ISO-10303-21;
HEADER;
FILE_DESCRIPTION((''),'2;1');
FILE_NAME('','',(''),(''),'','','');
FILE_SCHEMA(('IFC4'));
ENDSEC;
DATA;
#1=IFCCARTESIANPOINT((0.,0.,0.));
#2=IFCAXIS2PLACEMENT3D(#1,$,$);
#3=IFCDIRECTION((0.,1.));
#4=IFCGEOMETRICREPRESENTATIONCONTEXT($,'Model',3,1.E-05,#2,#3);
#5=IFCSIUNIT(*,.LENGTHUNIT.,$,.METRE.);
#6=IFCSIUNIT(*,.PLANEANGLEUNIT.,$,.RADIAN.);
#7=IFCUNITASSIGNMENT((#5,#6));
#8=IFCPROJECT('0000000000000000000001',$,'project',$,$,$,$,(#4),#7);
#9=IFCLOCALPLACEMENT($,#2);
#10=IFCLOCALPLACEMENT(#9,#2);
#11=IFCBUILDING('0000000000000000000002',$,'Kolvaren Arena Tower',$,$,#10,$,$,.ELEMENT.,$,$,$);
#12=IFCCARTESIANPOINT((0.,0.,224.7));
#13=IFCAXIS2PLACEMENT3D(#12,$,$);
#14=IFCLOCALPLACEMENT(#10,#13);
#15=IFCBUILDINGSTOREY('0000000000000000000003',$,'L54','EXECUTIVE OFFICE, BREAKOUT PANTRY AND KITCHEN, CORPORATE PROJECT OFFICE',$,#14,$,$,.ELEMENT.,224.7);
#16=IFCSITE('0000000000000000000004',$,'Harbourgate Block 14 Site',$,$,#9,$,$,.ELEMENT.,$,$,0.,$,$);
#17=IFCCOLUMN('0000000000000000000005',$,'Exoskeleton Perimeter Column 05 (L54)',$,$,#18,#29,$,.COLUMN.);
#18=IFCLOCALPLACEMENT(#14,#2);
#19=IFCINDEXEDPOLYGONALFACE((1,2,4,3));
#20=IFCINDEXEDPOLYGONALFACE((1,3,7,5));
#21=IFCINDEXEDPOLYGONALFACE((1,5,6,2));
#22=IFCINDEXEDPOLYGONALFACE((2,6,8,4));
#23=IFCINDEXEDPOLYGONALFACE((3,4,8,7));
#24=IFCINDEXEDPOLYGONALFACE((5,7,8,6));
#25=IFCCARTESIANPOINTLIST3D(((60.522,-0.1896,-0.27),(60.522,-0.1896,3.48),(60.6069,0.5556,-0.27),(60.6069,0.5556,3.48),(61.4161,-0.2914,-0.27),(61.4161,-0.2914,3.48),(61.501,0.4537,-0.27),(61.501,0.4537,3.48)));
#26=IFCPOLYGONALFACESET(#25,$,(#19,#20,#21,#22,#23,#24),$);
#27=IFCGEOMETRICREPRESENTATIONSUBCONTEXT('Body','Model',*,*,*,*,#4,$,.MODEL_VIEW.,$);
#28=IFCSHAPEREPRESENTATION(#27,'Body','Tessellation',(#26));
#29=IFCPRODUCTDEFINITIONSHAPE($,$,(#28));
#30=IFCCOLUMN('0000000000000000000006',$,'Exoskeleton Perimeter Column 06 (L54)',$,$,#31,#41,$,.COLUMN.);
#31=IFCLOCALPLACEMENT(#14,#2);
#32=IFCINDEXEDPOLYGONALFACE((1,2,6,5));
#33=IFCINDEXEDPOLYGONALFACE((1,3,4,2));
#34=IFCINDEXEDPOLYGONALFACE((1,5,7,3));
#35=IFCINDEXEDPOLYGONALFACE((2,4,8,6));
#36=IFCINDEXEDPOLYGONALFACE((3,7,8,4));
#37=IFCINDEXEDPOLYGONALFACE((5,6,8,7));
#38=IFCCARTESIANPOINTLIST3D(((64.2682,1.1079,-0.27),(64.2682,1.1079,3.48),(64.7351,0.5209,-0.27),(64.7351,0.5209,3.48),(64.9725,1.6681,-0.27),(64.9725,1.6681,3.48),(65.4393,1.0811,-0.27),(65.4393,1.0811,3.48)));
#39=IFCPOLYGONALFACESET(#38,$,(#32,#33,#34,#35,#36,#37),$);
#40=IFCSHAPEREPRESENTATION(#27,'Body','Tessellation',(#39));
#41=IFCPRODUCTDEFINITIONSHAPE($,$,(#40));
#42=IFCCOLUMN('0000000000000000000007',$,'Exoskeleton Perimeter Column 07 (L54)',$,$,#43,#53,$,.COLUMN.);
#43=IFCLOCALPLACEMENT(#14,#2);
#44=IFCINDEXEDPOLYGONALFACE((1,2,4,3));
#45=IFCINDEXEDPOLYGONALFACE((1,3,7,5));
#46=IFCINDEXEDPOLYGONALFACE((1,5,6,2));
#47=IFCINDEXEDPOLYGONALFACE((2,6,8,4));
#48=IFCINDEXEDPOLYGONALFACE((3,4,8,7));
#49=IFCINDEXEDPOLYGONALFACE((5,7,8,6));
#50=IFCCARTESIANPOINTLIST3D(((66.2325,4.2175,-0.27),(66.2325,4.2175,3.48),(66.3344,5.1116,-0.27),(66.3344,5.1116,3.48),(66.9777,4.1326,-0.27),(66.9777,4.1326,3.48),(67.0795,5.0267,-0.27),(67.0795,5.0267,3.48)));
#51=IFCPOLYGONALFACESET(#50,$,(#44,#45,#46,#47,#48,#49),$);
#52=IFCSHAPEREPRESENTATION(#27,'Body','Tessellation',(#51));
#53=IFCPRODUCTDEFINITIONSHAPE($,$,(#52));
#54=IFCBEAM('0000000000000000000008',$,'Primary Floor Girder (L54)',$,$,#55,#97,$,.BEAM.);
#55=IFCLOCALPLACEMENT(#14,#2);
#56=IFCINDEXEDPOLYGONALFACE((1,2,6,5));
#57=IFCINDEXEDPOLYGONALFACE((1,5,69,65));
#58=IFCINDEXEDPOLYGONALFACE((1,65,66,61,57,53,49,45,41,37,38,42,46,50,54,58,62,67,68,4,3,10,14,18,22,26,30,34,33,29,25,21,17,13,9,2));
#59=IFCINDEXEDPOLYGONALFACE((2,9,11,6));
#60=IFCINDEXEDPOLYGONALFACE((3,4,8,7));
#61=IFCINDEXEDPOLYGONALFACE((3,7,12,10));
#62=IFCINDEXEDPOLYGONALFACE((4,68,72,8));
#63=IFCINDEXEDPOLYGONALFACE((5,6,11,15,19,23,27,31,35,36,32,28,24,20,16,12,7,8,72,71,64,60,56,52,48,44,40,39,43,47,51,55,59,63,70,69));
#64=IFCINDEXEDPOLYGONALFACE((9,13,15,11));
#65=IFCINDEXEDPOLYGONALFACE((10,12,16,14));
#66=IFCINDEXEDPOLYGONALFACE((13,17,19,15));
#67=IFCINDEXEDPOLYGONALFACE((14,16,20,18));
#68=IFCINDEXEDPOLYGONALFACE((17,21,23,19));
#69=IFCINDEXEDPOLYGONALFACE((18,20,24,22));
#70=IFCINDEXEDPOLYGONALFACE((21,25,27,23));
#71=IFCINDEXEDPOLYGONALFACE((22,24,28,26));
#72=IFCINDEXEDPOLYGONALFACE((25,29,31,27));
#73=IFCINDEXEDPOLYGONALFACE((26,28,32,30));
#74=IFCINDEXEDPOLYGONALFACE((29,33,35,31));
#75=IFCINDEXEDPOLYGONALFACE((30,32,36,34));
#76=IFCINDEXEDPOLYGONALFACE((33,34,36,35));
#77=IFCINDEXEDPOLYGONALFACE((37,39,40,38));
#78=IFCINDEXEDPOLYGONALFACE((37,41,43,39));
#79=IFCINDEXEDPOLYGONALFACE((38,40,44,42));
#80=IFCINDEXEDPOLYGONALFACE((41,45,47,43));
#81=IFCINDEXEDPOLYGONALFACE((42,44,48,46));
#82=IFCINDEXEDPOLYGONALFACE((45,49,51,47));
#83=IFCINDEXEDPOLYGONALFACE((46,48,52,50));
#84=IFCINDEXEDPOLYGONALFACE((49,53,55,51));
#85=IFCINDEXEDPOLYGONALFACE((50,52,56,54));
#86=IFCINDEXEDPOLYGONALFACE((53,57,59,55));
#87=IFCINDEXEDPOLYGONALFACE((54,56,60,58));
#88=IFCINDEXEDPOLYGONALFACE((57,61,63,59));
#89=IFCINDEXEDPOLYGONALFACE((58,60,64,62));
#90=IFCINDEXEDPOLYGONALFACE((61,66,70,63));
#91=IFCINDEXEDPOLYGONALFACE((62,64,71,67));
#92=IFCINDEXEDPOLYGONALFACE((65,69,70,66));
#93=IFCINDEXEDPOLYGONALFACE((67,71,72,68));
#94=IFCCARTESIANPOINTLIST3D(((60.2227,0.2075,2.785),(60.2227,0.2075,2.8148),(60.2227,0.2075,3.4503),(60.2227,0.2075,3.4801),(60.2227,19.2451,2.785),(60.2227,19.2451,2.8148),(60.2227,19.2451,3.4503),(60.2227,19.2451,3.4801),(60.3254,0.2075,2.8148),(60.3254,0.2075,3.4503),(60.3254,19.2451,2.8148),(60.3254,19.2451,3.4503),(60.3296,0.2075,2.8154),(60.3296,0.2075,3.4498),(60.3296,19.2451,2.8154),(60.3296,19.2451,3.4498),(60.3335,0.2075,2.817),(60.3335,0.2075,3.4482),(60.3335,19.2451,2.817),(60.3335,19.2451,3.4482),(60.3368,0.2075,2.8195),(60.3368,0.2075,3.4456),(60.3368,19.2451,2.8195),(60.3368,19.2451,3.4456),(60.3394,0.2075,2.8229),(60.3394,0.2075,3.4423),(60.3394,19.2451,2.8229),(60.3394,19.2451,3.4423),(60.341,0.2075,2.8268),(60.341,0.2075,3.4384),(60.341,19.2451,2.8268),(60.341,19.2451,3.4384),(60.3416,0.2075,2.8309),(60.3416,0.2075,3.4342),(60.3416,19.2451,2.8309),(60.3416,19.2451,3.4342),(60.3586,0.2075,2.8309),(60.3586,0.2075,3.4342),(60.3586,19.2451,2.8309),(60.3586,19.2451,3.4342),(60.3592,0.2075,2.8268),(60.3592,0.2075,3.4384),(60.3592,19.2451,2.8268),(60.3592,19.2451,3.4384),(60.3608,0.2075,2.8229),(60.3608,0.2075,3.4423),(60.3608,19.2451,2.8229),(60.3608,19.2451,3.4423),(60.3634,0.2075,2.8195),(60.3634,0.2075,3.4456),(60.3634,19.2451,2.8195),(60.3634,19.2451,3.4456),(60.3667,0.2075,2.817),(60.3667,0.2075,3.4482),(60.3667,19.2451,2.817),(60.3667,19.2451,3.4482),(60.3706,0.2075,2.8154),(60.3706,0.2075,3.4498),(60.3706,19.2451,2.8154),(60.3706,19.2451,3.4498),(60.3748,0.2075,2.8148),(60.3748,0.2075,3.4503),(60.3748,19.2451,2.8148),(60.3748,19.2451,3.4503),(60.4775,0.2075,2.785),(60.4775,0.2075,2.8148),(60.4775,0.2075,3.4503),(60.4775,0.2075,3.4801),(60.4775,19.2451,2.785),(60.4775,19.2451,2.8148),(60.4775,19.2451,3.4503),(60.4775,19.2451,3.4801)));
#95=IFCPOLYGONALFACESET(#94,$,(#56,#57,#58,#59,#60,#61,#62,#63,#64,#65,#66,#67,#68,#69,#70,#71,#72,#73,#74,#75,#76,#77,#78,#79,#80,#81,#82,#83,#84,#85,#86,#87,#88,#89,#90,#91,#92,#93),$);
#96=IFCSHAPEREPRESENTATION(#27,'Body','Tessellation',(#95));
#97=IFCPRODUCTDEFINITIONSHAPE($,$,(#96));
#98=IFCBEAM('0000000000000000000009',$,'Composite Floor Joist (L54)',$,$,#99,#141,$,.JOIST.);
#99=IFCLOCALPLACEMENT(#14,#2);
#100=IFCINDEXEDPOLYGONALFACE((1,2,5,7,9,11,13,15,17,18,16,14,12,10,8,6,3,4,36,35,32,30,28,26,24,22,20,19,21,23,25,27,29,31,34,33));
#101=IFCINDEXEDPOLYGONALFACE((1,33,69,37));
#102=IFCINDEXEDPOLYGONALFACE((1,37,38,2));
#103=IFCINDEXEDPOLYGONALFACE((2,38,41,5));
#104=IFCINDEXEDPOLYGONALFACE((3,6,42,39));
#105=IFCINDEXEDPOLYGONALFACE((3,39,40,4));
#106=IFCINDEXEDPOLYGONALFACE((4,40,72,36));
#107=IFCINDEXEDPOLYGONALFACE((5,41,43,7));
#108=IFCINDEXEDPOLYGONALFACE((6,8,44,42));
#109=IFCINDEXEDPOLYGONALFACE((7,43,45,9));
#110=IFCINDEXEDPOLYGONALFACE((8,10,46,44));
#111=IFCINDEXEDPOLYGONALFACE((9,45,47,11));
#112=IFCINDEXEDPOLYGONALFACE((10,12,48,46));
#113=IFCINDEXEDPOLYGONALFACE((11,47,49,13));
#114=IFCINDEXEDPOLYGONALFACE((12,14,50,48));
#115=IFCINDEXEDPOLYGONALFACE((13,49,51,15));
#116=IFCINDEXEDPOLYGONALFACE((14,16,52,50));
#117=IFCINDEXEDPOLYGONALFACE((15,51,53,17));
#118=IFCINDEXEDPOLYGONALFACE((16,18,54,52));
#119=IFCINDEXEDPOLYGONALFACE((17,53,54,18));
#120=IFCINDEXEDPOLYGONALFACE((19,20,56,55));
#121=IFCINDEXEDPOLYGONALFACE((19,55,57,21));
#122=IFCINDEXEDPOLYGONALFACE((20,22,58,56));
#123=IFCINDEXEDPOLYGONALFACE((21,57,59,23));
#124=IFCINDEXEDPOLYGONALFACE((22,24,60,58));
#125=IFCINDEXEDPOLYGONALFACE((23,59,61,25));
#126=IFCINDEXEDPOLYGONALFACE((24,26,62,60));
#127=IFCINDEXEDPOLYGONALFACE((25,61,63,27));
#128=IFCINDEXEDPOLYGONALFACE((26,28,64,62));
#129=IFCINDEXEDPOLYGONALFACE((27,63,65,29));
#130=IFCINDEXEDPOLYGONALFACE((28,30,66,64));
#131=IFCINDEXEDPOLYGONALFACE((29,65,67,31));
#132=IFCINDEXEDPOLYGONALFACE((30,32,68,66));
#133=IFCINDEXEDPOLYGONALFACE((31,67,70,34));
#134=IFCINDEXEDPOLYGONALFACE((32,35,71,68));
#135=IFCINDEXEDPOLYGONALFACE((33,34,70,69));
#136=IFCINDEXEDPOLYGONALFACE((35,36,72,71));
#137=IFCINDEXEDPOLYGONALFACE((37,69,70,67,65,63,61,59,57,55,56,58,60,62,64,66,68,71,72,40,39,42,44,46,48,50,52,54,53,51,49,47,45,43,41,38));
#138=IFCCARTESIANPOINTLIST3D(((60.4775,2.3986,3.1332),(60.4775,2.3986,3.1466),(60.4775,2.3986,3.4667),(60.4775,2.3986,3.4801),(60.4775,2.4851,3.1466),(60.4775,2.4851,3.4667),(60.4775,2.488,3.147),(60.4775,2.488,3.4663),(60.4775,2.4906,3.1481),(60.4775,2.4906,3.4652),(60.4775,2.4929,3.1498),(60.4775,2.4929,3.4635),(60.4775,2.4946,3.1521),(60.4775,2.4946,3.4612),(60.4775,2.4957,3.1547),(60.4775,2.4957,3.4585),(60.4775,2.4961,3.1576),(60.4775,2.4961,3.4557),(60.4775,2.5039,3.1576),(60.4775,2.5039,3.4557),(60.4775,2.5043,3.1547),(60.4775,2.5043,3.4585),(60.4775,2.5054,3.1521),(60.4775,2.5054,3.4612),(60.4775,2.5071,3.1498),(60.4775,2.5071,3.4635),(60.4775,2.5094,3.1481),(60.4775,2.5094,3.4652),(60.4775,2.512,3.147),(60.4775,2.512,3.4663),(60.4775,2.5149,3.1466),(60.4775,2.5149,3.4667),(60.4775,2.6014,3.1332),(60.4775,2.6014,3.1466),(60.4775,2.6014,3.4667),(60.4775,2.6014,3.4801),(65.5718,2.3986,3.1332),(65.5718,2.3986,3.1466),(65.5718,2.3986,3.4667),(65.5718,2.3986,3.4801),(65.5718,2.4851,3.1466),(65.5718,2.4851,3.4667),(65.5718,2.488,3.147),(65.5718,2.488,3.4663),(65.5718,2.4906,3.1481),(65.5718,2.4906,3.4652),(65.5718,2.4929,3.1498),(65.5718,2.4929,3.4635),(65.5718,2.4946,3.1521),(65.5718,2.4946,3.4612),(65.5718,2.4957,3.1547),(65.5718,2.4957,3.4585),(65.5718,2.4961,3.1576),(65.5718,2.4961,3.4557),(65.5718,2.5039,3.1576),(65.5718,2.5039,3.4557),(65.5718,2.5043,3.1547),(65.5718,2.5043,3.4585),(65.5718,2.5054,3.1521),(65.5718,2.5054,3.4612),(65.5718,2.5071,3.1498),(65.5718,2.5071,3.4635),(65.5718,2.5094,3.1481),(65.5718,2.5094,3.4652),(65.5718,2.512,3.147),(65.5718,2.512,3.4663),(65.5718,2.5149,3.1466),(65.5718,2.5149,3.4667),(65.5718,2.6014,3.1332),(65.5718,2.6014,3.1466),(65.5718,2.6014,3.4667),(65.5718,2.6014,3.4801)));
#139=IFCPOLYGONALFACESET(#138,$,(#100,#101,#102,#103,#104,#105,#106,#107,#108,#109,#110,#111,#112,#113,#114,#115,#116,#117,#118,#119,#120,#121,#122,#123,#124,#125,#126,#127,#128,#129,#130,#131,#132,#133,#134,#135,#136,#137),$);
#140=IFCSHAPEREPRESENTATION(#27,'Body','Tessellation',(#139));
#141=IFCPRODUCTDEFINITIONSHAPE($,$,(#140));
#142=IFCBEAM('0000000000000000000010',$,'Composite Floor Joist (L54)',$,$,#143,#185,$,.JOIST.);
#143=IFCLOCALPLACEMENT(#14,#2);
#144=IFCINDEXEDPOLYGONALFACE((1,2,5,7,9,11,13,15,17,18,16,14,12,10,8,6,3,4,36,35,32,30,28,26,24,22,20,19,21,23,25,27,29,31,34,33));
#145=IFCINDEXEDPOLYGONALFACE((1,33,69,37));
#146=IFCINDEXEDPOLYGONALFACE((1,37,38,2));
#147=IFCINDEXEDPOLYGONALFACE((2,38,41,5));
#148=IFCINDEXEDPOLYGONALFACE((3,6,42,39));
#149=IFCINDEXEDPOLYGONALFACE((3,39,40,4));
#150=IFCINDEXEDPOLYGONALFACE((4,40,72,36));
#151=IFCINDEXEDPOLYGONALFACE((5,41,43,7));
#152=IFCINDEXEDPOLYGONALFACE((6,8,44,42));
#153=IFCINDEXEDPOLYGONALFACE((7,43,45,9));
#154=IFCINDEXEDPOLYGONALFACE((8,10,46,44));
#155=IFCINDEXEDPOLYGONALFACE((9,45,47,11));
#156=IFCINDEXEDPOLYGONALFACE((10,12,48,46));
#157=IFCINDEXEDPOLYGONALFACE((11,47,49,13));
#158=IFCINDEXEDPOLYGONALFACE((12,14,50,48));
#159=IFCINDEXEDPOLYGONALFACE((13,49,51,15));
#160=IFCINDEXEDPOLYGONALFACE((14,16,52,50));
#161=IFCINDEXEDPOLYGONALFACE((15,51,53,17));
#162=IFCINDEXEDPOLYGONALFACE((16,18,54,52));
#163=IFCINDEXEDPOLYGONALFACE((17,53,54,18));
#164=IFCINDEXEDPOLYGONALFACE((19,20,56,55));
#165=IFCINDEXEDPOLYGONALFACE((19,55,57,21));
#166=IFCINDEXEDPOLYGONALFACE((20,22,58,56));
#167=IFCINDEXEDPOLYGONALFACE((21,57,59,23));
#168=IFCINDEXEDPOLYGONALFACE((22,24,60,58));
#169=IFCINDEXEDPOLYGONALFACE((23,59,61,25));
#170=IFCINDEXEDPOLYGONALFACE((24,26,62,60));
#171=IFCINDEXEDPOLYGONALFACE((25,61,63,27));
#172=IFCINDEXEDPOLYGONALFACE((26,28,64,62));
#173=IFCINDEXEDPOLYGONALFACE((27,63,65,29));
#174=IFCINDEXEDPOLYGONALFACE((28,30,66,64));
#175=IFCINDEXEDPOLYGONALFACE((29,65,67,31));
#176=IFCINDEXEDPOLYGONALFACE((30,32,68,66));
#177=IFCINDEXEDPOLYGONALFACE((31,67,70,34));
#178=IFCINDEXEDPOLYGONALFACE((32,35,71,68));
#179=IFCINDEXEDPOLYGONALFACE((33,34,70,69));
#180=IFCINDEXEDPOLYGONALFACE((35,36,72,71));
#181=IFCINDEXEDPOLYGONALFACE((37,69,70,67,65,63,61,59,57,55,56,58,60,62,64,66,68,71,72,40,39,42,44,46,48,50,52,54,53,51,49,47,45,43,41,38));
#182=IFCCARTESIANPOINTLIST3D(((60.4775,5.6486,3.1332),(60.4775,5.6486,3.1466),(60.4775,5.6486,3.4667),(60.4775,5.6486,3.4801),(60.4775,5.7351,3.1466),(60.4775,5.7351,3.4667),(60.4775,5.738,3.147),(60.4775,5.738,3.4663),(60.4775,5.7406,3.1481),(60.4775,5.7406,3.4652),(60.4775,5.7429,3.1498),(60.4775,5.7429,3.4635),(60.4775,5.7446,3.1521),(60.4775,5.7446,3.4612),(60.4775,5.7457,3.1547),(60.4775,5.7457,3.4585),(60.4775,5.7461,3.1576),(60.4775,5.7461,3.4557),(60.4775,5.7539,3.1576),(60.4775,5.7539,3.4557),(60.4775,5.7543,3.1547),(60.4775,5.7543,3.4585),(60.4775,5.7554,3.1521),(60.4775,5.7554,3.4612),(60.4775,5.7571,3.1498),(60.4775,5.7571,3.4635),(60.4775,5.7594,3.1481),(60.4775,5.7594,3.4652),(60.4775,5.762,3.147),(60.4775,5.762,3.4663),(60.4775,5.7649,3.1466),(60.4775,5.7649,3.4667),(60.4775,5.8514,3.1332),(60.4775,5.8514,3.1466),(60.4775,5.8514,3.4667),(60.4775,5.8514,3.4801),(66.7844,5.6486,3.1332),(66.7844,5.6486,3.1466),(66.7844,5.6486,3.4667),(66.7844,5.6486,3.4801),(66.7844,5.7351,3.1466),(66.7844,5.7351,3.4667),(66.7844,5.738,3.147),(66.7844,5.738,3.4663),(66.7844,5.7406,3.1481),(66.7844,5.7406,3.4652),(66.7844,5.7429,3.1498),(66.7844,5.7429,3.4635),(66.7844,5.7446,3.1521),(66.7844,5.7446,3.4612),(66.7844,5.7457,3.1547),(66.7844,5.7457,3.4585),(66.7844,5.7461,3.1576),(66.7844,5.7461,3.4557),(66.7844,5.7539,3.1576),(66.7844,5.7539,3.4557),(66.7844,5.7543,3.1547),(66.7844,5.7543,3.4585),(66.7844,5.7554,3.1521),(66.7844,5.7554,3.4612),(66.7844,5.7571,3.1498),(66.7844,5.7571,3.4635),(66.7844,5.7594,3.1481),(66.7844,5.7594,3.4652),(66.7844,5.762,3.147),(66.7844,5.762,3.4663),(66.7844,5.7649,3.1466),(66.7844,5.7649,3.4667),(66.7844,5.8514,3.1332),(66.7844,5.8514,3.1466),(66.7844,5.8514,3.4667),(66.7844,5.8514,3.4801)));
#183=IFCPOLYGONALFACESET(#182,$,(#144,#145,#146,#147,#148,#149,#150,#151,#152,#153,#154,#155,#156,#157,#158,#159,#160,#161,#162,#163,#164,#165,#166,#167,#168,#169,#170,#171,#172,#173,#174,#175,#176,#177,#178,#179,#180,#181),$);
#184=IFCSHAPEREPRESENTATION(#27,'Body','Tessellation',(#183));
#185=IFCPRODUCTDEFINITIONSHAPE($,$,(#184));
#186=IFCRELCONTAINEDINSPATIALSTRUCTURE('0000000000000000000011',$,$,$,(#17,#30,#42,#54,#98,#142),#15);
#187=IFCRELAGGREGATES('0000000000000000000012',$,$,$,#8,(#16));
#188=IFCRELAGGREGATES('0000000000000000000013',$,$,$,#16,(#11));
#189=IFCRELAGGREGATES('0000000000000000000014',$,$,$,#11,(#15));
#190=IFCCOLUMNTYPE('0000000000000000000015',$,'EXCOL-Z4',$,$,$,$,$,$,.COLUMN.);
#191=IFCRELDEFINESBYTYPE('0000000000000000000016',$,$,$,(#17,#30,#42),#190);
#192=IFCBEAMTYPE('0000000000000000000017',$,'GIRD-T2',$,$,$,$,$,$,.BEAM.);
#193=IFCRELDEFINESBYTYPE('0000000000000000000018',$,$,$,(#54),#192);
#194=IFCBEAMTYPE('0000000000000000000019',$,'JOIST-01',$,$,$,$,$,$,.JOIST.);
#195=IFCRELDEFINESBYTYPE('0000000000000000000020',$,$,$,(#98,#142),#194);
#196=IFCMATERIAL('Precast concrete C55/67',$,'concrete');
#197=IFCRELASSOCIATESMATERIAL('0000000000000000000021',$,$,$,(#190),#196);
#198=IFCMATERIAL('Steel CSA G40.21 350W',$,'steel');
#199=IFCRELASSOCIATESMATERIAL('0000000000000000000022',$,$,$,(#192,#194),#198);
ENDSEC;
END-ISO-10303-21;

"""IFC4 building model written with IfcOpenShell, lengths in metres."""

from ifc_helpers import new_model, si_unit, direction, frame, origin, origin_2d, place, context, subcontext, project, spatial, rectangle, i_section, extrude, material, material_profile, profile_set, type_object, element, save


model = new_model("IFC4")

# Units and contexts
model_context = context("Model", 3, precision=1e-05, world=origin(), true_north=direction((0.0, 1.0)))
body_context = subcontext(model_context, "Body", "Model", "MODEL_VIEW")
ifc_project = project(units=[si_unit("LENGTHUNIT", "METRE"), si_unit("PLANEANGLEUNIT", "RADIAN")], contexts=[model_context])

# Site, building, storey
site_placement = place(None, origin())
site = spatial("IfcSite", under=ifc_project, at=site_placement, Name="Harbourgate Block 14 Site", CompositionType="ELEMENT", RefElevation=0.0)
building_placement = place(site_placement, origin())
building = spatial("IfcBuilding", under=site, at=building_placement, Name="Kolvaren Arena Tower", CompositionType="ELEMENT")
storey_placement = place(building_placement, frame((0.0, 0.0, 224.7)))
storey = spatial("IfcBuildingStorey", under=building, at=storey_placement, Name="L54", Description="EXECUTIVE OFFICE, BREAKOUT PANTRY AND KITCHEN, CORPORATE PROJECT OFFICE", CompositionType="ELEMENT", Elevation=224.7)

# Columns
ifc_material_1 = material(Name="Precast concrete C55/67", Category="concrete")
ifc_material_profile_1 = material_profile(ifc_material_1, rectangle(XDim=0.8999, YDim=0.75, at=origin_2d()), Name="RC-900x750")
ifc_profile_set_1 = profile_set([ifc_material_profile_1], Name="Precast concrete C55/67")
column_type = type_object("IfcColumnType", Name="EXCOL-Z4", PredefinedType="COLUMN", material=ifc_profile_set_1)
for number, where, z_axis, x_axis, name in (
    (1, (61.0115, 0.1321, -0.27), (0.0, 0.0, 1.0), (0.993572, -0.113203, 0.0), "Exoskeleton Perimeter Column 05 (L54)"),
    (2, (64.8538, 1.0945, -0.27), (0.0, 0.0, 1.0), (0.782608, 0.622515, 0.0), "Exoskeleton Perimeter Column 06 (L54)"),
    (3, (66.656, 4.6221, -0.27), (0.0, 0.0, 1.0), (0.113203, 0.993572, 0.0), "Exoskeleton Perimeter Column 07 (L54)"),
):
    element("IfcColumn", number, at=place(storey_placement, frame(where, z_axis=z_axis, x_axis=x_axis)), inside=storey, type_object=column_type, Name=name, PredefinedType="COLUMN", context=body_context, shape_type="SweptSolid", body=[
        extrude(rectangle(XDim=0.8999, YDim=0.75, at=origin_2d()), origin(), (0.0, 0.0, 1.0), 3.75),
    ])

# Beams
ifc_material_2 = material(Name="Steel CSA G40.21 350W", Category="steel")
ifc_material_profile_2 = material_profile(ifc_material_2, i_section(OverallWidth=0.2549, OverallDepth=0.6951, WebThickness=0.0171, FlangeThickness=0.0298, FilletRadius=0.0161, at=origin_2d()), Name="W690x217")
ifc_profile_set_2 = profile_set([ifc_material_profile_2], Name="Steel CSA G40.21 350W")
beam_type_1 = type_object("IfcBeamType", Name="GIRD-T2", PredefinedType="BEAM", material=ifc_profile_set_2)
beam_1_placement = place(storey_placement, frame((60.3501, 0.2075, 3.1326), z_axis=(0.0, 1.0, 0.0), x_axis=(-1.0, 0.0, 0.0)))
element("IfcBeam", 4, at=beam_1_placement, inside=storey, type_object=beam_type_1, Name="Primary Floor Girder (L54)", PredefinedType="BEAM", context=body_context, shape_type="SweptSolid", body=[
    extrude(i_section(OverallWidth=0.2549, OverallDepth=0.6951, WebThickness=0.0171, FlangeThickness=0.0298, FilletRadius=0.0161, at=origin_2d()), origin(), (0.0, 0.0, 1.0), 19.0376),
])
ifc_material_profile_3 = material_profile(ifc_material_2, i_section(OverallWidth=0.2029, OverallDepth=0.3469, WebThickness=0.0078, FlangeThickness=0.0134, FilletRadius=0.011, at=origin_2d()), Name="W360x64")
ifc_profile_set_3 = profile_set([ifc_material_profile_3], Name="Steel CSA G40.21 350W")
beam_type_2 = type_object("IfcBeamType", Name="JOIST-01", PredefinedType="JOIST", material=ifc_profile_set_3)
beam_2_placement = place(storey_placement, frame((60.4775, 2.5, 3.3066), z_axis=(1.0, 0.0, 0.0), x_axis=(0.0, 1.0, 0.0)))
element("IfcBeam", 5, at=beam_2_placement, inside=storey, type_object=beam_type_2, Name="Composite Floor Joist (L54)", PredefinedType="JOIST", context=body_context, shape_type="SweptSolid", body=[
    extrude(i_section(OverallWidth=0.2029, OverallDepth=0.3469, WebThickness=0.0078, FlangeThickness=0.0134, FilletRadius=0.011, at=origin_2d()), origin(), (0.0, 0.0, 1.0), 5.0942),
])
beam_3_placement = place(storey_placement, frame((60.4775, 5.75, 3.3066), z_axis=(1.0, 0.0, 0.0), x_axis=(0.0, 1.0, 0.0)))
element("IfcBeam", 6, at=beam_3_placement, inside=storey, type_object=beam_type_2, Name="Composite Floor Joist (L54)", PredefinedType="JOIST", context=body_context, shape_type="SweptSolid", body=[
    extrude(i_section(OverallWidth=0.2029, OverallDepth=0.3469, WebThickness=0.0078, FlangeThickness=0.0134, FilletRadius=0.011, at=origin_2d()), origin(), (0.0, 0.0, 1.0), 6.3069),
])

save(model, "model.ifc")
